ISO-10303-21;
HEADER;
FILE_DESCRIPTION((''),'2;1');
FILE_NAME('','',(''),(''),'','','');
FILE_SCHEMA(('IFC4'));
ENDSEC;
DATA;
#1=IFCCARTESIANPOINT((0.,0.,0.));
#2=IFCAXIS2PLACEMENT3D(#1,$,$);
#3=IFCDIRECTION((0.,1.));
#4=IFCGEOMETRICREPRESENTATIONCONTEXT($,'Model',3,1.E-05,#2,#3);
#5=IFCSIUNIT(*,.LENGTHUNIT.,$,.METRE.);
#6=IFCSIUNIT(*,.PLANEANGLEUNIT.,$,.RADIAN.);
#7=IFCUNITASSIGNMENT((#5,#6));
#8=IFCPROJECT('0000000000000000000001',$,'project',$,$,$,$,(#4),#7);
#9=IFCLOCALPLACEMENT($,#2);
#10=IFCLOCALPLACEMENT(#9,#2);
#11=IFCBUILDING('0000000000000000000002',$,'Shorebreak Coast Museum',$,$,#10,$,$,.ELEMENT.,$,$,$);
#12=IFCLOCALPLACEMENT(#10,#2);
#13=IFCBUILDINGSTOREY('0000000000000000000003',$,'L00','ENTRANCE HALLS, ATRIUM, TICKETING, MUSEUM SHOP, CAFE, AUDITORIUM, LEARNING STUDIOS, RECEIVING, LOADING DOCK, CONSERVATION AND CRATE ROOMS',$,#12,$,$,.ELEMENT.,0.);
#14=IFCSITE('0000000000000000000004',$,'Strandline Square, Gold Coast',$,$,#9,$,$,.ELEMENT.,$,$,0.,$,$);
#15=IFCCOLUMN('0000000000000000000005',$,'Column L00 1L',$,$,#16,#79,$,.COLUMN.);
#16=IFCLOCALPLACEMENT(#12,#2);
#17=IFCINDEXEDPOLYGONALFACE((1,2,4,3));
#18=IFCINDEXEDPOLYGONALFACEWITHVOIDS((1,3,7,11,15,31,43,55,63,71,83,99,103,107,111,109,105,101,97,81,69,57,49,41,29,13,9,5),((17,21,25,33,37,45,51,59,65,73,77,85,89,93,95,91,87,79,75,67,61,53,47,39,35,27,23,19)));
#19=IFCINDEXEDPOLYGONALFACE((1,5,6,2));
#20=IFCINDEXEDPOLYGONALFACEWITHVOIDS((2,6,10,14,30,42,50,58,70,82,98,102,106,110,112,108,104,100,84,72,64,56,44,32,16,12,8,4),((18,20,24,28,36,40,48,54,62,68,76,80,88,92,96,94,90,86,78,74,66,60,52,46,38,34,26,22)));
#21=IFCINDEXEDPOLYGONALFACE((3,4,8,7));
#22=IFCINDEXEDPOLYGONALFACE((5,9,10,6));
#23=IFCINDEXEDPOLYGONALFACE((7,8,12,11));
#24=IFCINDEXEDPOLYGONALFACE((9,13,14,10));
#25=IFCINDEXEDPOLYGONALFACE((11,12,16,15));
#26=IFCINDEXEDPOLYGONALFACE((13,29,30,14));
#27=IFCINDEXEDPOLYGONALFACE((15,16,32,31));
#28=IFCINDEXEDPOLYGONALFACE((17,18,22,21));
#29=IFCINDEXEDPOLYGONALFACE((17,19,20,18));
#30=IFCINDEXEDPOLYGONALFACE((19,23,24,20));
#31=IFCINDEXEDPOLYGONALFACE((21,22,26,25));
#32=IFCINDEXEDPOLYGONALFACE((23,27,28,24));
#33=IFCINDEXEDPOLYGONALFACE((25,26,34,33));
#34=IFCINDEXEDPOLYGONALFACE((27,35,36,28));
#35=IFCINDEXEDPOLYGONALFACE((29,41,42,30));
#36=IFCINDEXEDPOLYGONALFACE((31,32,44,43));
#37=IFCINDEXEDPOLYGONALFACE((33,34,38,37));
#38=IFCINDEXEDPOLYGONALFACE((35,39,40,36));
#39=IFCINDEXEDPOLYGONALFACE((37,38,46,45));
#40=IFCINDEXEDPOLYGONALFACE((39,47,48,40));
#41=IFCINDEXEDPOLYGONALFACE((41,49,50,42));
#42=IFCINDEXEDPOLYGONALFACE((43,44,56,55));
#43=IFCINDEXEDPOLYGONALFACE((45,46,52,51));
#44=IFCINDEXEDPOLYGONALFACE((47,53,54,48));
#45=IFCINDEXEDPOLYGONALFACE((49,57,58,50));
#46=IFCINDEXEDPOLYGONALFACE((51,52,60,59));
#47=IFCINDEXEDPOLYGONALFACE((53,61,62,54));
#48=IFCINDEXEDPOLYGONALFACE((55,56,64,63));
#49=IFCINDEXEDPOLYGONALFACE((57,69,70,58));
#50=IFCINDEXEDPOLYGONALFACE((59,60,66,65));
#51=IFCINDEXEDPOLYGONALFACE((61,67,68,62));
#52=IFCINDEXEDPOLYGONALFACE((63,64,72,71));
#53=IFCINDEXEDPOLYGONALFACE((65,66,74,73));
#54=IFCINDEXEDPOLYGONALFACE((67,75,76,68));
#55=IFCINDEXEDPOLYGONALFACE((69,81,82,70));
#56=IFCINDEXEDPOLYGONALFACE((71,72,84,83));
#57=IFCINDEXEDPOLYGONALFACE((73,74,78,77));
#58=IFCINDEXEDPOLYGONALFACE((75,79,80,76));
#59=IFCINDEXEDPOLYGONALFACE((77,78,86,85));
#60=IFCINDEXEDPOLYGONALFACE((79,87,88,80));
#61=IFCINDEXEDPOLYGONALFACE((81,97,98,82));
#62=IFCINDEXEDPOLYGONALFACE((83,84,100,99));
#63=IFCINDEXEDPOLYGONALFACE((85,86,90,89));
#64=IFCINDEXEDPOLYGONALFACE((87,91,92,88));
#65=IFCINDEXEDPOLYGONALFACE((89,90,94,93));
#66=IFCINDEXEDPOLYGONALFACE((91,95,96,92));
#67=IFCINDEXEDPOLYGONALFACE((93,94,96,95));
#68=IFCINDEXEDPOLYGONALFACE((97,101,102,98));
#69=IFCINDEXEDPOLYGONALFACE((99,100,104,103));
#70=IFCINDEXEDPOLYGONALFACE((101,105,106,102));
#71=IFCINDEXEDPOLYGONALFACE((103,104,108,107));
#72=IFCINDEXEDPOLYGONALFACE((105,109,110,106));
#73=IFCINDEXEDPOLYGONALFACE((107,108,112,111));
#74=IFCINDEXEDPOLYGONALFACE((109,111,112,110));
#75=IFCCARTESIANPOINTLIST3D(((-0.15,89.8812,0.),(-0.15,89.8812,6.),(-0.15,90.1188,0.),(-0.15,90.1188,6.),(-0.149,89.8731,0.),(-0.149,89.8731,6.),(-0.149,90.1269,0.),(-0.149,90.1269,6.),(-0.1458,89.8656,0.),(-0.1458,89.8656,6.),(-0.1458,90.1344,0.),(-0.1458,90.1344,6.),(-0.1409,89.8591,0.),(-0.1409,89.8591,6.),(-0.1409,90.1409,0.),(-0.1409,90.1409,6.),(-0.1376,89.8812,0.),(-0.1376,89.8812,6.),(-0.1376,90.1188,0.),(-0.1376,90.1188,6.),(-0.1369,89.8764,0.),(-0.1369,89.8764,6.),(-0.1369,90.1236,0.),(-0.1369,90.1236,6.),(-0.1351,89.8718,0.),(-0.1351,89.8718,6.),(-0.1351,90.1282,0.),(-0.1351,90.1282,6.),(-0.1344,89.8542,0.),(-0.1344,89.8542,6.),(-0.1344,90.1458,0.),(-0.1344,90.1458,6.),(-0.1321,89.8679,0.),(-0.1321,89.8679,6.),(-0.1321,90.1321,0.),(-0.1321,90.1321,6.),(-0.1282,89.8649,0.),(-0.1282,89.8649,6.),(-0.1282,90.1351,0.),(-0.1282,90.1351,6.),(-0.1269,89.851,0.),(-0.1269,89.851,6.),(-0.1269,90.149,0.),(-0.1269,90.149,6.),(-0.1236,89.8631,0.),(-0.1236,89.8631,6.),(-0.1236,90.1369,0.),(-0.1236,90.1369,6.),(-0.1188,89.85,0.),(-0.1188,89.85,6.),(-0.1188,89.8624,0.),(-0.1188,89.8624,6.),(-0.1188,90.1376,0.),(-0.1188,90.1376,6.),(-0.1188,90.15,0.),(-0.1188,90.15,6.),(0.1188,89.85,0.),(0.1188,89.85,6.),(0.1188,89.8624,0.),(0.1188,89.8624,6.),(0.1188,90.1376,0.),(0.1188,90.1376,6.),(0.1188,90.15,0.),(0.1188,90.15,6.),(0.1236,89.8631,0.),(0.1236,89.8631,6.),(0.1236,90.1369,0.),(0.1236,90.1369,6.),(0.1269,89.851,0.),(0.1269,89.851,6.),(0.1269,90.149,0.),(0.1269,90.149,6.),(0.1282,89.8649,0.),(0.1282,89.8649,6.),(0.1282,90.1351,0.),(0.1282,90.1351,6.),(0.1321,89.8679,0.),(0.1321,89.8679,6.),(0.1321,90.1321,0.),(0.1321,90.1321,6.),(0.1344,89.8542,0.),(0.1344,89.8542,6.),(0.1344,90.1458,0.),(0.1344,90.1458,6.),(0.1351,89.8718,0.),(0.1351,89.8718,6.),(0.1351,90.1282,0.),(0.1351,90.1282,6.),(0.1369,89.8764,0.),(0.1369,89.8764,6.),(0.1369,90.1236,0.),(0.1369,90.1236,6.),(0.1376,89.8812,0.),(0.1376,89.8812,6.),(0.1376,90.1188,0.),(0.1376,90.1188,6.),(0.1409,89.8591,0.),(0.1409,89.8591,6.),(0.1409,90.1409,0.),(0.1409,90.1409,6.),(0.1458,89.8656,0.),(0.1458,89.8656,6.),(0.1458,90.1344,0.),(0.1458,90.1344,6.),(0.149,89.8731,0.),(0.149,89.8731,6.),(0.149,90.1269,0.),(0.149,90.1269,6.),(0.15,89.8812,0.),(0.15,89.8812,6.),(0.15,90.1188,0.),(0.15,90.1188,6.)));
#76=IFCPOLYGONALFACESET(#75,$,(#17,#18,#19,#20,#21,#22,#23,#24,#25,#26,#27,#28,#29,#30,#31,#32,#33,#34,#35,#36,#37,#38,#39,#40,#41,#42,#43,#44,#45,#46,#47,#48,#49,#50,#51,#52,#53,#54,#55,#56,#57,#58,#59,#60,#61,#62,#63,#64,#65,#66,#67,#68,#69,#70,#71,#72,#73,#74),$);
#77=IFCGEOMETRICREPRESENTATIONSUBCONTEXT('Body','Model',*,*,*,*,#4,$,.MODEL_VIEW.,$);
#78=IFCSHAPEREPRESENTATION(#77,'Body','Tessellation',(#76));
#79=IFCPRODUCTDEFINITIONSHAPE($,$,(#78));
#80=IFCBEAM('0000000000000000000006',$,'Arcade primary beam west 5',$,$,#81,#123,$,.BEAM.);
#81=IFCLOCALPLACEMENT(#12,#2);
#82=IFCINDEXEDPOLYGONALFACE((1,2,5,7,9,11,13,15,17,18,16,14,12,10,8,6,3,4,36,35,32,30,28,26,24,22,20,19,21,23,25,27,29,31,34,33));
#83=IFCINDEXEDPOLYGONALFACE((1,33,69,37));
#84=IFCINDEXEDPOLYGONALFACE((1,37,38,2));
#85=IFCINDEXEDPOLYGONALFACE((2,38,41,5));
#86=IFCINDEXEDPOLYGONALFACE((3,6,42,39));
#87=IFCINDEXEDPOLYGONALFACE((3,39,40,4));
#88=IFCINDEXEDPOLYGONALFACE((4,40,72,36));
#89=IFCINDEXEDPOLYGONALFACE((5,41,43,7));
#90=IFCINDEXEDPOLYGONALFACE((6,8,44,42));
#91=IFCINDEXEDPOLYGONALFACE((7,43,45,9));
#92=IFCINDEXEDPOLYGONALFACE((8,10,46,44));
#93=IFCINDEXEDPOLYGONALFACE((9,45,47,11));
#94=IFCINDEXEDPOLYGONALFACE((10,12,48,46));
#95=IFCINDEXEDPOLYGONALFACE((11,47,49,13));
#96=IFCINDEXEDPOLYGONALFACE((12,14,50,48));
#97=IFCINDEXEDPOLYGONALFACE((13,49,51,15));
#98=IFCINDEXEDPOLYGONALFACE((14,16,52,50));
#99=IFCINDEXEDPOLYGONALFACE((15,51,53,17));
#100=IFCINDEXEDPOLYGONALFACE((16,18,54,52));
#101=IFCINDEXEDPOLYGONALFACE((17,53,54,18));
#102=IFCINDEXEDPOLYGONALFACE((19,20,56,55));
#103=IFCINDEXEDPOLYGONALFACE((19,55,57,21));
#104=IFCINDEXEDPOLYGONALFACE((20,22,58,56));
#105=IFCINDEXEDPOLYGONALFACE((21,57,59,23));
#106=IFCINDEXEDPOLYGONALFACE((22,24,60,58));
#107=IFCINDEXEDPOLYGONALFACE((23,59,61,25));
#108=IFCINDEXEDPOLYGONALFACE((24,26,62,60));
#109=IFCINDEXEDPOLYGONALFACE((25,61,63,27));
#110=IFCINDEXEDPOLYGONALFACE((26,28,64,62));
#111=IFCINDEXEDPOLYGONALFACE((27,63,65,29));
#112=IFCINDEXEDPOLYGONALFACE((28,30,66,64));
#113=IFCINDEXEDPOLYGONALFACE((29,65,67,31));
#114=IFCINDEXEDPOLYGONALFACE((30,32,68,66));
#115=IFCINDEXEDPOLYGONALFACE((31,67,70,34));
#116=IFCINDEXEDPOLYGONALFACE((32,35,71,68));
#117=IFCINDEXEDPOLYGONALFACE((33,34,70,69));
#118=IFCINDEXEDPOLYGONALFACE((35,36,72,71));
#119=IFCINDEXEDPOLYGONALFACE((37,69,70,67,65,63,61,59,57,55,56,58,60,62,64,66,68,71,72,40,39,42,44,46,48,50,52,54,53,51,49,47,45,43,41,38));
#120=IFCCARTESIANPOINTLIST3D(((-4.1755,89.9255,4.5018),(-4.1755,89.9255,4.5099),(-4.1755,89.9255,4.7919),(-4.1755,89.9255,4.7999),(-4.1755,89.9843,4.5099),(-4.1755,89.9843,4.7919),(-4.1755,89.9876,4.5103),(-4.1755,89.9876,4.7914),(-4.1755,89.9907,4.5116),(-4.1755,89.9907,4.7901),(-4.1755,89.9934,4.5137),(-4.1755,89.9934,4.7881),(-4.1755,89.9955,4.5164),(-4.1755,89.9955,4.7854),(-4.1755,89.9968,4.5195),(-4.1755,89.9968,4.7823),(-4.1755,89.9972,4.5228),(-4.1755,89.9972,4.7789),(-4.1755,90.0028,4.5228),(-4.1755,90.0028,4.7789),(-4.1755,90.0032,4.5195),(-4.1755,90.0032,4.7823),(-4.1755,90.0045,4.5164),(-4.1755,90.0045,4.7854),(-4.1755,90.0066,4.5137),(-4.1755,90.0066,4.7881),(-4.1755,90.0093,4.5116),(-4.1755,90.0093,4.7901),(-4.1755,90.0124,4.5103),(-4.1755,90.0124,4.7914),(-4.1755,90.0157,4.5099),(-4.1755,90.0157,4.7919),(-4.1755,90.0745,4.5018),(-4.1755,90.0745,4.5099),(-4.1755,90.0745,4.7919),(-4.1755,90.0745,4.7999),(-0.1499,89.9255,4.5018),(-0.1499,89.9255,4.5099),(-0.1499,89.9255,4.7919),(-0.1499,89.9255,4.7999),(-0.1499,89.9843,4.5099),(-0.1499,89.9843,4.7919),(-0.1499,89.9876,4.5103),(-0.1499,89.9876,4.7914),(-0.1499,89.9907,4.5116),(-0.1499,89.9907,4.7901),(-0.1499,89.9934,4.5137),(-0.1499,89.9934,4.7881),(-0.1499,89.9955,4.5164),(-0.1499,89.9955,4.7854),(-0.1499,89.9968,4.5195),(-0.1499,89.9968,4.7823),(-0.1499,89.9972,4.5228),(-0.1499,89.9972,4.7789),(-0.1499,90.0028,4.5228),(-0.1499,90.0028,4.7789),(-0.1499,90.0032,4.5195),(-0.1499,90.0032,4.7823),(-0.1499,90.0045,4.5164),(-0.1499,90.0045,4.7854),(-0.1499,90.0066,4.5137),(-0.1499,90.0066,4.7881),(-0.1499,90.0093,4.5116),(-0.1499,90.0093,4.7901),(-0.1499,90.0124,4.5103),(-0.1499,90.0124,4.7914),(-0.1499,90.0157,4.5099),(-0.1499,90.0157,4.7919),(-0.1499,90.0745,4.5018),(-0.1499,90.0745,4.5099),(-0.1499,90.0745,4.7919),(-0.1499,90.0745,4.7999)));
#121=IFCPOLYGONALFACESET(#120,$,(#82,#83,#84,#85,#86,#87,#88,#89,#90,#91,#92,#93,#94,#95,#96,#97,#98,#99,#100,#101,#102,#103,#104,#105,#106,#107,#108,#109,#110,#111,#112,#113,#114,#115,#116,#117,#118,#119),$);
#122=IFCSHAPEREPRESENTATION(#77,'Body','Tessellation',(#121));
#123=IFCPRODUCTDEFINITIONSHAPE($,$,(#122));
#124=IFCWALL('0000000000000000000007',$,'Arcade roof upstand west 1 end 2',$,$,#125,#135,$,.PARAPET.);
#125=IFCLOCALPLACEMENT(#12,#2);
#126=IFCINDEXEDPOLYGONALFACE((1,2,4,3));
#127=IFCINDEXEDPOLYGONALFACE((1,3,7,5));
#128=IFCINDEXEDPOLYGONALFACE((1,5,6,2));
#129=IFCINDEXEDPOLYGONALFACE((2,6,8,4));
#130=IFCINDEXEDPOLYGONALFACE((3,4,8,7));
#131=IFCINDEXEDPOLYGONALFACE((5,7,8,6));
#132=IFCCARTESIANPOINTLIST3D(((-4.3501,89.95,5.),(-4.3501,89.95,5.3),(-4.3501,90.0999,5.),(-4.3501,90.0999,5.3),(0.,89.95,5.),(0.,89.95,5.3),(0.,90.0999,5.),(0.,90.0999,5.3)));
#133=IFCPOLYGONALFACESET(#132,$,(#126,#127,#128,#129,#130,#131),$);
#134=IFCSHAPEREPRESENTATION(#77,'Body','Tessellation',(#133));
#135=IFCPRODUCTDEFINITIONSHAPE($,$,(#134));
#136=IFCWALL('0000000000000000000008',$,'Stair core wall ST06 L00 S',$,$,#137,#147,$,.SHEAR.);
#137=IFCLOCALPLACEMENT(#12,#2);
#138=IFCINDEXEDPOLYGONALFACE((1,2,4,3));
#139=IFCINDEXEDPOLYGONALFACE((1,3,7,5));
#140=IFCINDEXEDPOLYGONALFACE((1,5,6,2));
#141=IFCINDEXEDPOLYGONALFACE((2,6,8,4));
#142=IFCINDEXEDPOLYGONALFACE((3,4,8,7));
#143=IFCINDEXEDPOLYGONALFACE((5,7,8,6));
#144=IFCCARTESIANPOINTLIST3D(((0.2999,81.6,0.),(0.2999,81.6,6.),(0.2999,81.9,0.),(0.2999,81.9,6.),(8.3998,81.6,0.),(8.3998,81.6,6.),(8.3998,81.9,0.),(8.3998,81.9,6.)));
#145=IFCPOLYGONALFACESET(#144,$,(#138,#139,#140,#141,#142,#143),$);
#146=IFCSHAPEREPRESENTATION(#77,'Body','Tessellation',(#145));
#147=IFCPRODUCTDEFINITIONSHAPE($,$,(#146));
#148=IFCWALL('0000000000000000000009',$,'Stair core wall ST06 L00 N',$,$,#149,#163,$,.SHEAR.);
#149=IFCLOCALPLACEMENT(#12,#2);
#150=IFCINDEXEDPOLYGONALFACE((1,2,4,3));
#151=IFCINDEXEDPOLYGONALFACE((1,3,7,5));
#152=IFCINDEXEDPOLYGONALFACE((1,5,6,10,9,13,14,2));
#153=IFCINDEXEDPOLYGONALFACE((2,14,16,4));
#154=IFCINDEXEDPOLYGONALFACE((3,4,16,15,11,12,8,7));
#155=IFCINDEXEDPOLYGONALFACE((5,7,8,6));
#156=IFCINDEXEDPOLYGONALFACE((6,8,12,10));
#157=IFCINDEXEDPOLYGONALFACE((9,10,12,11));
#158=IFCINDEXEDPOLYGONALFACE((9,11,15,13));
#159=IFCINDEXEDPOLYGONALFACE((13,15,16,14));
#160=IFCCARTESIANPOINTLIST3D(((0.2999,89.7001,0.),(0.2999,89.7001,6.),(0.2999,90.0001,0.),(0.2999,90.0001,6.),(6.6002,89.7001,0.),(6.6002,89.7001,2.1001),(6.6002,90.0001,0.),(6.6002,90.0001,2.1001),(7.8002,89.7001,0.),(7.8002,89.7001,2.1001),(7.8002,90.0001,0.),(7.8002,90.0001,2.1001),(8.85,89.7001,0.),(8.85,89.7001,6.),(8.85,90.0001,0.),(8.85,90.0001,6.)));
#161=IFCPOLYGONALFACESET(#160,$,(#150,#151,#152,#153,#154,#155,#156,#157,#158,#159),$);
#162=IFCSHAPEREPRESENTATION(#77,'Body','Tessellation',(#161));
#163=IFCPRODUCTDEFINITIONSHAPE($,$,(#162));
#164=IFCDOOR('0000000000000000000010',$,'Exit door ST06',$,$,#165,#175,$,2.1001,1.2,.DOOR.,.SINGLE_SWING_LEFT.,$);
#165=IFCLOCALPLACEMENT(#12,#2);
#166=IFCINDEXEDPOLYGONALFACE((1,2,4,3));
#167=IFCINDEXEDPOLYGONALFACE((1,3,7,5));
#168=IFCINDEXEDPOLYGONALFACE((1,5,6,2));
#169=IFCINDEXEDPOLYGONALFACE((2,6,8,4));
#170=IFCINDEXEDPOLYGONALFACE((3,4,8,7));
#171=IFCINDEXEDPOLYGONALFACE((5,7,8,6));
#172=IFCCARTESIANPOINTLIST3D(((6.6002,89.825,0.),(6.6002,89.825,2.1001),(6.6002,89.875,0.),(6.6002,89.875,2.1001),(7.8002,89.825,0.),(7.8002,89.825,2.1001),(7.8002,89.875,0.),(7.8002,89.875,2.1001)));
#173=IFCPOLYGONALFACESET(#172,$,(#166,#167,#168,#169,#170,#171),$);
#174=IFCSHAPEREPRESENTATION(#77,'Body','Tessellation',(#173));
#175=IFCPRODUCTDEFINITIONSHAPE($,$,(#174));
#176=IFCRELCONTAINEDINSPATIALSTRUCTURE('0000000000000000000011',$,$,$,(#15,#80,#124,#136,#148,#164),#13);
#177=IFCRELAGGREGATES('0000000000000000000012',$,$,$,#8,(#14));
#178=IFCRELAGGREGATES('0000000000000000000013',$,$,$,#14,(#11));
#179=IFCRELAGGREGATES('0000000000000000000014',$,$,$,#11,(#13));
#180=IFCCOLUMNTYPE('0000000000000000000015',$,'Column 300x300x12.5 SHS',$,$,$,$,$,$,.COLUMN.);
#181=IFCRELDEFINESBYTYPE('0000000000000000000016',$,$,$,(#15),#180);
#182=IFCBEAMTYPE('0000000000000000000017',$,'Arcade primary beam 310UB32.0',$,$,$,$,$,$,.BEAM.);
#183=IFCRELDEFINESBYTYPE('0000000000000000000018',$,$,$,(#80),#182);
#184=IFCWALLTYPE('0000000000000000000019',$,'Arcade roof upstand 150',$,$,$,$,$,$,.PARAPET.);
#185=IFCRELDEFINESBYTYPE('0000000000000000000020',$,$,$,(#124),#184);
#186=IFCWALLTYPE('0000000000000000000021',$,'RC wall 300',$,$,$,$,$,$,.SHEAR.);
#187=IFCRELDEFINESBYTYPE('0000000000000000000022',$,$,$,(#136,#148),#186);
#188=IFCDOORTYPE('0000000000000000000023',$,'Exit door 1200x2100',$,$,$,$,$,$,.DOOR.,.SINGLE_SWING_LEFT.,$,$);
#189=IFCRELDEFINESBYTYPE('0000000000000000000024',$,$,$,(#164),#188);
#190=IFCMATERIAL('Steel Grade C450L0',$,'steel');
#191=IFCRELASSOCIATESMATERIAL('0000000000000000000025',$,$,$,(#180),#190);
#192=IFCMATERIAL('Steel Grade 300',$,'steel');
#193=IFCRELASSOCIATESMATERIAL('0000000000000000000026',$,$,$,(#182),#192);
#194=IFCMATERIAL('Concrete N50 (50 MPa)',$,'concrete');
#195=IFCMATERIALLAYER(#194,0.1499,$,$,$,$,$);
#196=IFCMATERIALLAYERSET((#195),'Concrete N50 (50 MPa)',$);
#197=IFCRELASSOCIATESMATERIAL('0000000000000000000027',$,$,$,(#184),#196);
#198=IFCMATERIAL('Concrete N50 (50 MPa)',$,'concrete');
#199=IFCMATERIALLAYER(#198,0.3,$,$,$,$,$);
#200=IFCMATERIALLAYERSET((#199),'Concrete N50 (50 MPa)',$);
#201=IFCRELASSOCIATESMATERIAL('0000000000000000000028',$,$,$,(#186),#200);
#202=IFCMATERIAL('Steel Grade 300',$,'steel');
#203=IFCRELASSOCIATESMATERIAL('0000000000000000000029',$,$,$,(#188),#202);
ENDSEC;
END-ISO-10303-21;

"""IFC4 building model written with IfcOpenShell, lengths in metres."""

from ifc_helpers import new_model, si_unit, direction, frame, frame_2d, origin, origin_2d, place, context, subcontext, project, spatial, rectangle, hollow_rectangle, i_section, extrude, material, layer, layer_set, material_profile, profile_set, type_object, element, fill, save


model = new_model("IFC4")

# Units and contexts
model_context = context("Model", 3, precision=1e-05, world=origin(), true_north=direction((0.0, 1.0)))
body_context = subcontext(model_context, "Body", "Model", "MODEL_VIEW")
ifc_project = project(units=[si_unit("LENGTHUNIT", "METRE"), si_unit("PLANEANGLEUNIT", "RADIAN")], contexts=[model_context])

# Site, building, storey
site_placement = place(None, origin())
site = spatial("IfcSite", under=ifc_project, at=site_placement, Name="Strandline Square, Gold Coast", CompositionType="ELEMENT", RefElevation=0.0)
building_placement = place(site_placement, origin())
building = spatial("IfcBuilding", under=site, at=building_placement, Name="Shorebreak Coast Museum", CompositionType="ELEMENT")
storey_placement = place(building_placement, origin())
storey = spatial("IfcBuildingStorey", under=building, at=storey_placement, Name="L00", Description="ENTRANCE HALLS, ATRIUM, TICKETING, MUSEUM SHOP, CAFE, AUDITORIUM, LEARNING STUDIOS, RECEIVING, LOADING DOCK, CONSERVATION AND CRATE ROOMS", CompositionType="ELEMENT", Elevation=0.0)

# Column
ifc_material_1 = material(Name="Steel Grade C450L0", Category="steel")
ifc_material_profile_1 = material_profile(ifc_material_1, hollow_rectangle(XDim=0.3, YDim=0.3, WallThickness=0.0125, InnerFilletRadius=0.0188, OuterFilletRadius=0.0312, at=origin_2d()), Name="300x300x12.5 SHS")
ifc_profile_set_1 = profile_set([ifc_material_profile_1], Name="Steel Grade C450L0")
column_type_1 = type_object("IfcColumnType", Name="Column 300x300x12.5 SHS", PredefinedType="COLUMN", material=ifc_profile_set_1)
column_1_placement = place(storey_placement, frame((0.0, 90.0, 0.0), z_axis=(0.0, 0.0, 1.0), x_axis=(1.0, 0.0, 0.0)))
element("IfcColumn", 1, at=column_1_placement, inside=storey, type_object=column_type_1, Name="Column L00 1L", PredefinedType="COLUMN", context=body_context, shape_type="SweptSolid", body=[
    extrude(hollow_rectangle(XDim=0.3, YDim=0.3, WallThickness=0.0125, InnerFilletRadius=0.0188, OuterFilletRadius=0.0312, at=origin_2d()), origin(), (0.0, 0.0, 1.0), 6.0),
])

# Beam
ifc_material_2 = material(Name="Steel Grade 300", Category="steel")
ifc_material_profile_2 = material_profile(ifc_material_2, i_section(OverallWidth=0.1489, OverallDepth=0.2981, WebThickness=0.0056, FlangeThickness=0.0081, FilletRadius=0.0129, at=origin_2d()), Name="310UB32.0")
ifc_profile_set_2 = profile_set([ifc_material_profile_2], Name="Steel Grade 300")
beam_type = type_object("IfcBeamType", Name="Arcade primary beam 310UB32.0", PredefinedType="BEAM", material=ifc_profile_set_2)
beam_placement = place(storey_placement, frame((-0.1499, 90.0, 4.6509), z_axis=(-1.0, 0.0, 0.0), x_axis=(0.0, -1.0, 0.0)))
element("IfcBeam", 2, at=beam_placement, inside=storey, type_object=beam_type, Name="Arcade primary beam west 5", PredefinedType="BEAM", context=body_context, shape_type="SweptSolid", body=[
    extrude(i_section(OverallWidth=0.1489, OverallDepth=0.2981, WebThickness=0.0056, FlangeThickness=0.0081, FilletRadius=0.0129, at=origin_2d()), origin(), (0.0, 0.0, 1.0), 4.0256),
])

# Walls
ifc_material_3 = material(Name="Concrete N50 (50 MPa)", Category="concrete")
ifc_layer_1 = layer(ifc_material_3, 0.1499)
ifc_layer_set_1 = layer_set([ifc_layer_1], Name="Concrete N50 (50 MPa)")
wall_type_1 = type_object("IfcWallType", Name="Arcade roof upstand 150", PredefinedType="PARAPET", material=ifc_layer_set_1)
wall_1_placement = place(storey_placement, frame((0.0, 90.0249, 5.0), z_axis=(0.0, 0.0, 1.0), x_axis=(-1.0, 0.0, 0.0)))
element("IfcWall", 3, at=wall_1_placement, inside=storey, type_object=wall_type_1, Name="Arcade roof upstand west 1 end 2", PredefinedType="PARAPET", context=body_context, shape_type="SweptSolid", body=[
    extrude(rectangle(XDim=4.3501, YDim=0.1499, at=frame_2d((2.175, 0.0))), origin(), (0.0, 0.0, 1.0), 0.3),
])
ifc_material_4 = material(Name="Concrete N50 (50 MPa)", Category="concrete")
ifc_layer_2 = layer(ifc_material_4, 0.3)
ifc_layer_set_2 = layer_set([ifc_layer_2], Name="Concrete N50 (50 MPa)")
wall_type_2 = type_object("IfcWallType", Name="RC wall 300", PredefinedType="SHEAR", material=ifc_layer_set_2)
wall_2_placement = place(storey_placement, frame((0.3, 81.75, 0.0), z_axis=(0.0, 0.0, 1.0), x_axis=(1.0, 0.0, 0.0)))
element("IfcWall", 4, at=wall_2_placement, inside=storey, type_object=wall_type_2, Name="Stair core wall ST06 L00 S", PredefinedType="SHEAR", context=body_context, shape_type="SweptSolid", body=[
    extrude(rectangle(XDim=8.0999, YDim=0.3, at=frame_2d((4.0498, 0.0))), origin(), (0.0, 0.0, 1.0), 6.0),
])

# Wall, opening, door
wall_3_placement = place(storey_placement, frame((0.3, 89.8501, 0.0), z_axis=(0.0, 0.0, 1.0), x_axis=(1.0, 0.0, 0.0)))
wall_3 = element("IfcWall", 5, at=wall_3_placement, inside=storey, type_object=wall_type_2, Name="Stair core wall ST06 L00 N", PredefinedType="SHEAR", context=body_context, shape_type="SweptSolid", body=[
    extrude(rectangle(XDim=8.55, YDim=0.3, at=frame_2d((4.2749, 0.0))), origin(), (0.0, 0.0, 1.0), 6.0),
])
opening_placement = place(wall_3_placement, frame((6.3, 0.0, 0.0)))
opening = element("IfcOpeningElement", 6, at=opening_placement, cuts=wall_3, PredefinedType="OPENING", context=body_context, shape_type="SweptSolid", body=[
    extrude(rectangle(XDim=1.2, YDim=2.1001, at=frame_2d((0.6001, 1.05))), frame((0.0, 0.1599, 0.0), z_axis=(0.0, -1.0, 0.0), x_axis=(1.0, 0.0, 0.0)), (0.0, 0.0, 1.0), 0.3201),
])
ifc_material_5 = material(Name="Steel Grade 300", Category="steel")
door_type = type_object("IfcDoorType", Name="Exit door 1200x2100", OperationType="SINGLE_SWING_LEFT", PredefinedType="DOOR", material=ifc_material_5)
door_placement = place(opening_placement, origin())
door = element("IfcDoor", 7, at=door_placement, inside=storey, type_object=door_type, Name="Exit door ST06", OperationType="SINGLE_SWING_LEFT", OverallHeight=2.1001, OverallWidth=1.2, PredefinedType="DOOR", context=body_context, shape_type="SweptSolid", body=[
    extrude(rectangle(XDim=1.2, YDim=2.1001, at=frame_2d((0.6001, 1.05))), frame((0.0, 0.0249, 0.0), z_axis=(0.0, -1.0, 0.0), x_axis=(1.0, 0.0, 0.0)), (0.0, 0.0, 1.0), 0.05),
])
fill(opening, door)

save(model, "model.ifc")
